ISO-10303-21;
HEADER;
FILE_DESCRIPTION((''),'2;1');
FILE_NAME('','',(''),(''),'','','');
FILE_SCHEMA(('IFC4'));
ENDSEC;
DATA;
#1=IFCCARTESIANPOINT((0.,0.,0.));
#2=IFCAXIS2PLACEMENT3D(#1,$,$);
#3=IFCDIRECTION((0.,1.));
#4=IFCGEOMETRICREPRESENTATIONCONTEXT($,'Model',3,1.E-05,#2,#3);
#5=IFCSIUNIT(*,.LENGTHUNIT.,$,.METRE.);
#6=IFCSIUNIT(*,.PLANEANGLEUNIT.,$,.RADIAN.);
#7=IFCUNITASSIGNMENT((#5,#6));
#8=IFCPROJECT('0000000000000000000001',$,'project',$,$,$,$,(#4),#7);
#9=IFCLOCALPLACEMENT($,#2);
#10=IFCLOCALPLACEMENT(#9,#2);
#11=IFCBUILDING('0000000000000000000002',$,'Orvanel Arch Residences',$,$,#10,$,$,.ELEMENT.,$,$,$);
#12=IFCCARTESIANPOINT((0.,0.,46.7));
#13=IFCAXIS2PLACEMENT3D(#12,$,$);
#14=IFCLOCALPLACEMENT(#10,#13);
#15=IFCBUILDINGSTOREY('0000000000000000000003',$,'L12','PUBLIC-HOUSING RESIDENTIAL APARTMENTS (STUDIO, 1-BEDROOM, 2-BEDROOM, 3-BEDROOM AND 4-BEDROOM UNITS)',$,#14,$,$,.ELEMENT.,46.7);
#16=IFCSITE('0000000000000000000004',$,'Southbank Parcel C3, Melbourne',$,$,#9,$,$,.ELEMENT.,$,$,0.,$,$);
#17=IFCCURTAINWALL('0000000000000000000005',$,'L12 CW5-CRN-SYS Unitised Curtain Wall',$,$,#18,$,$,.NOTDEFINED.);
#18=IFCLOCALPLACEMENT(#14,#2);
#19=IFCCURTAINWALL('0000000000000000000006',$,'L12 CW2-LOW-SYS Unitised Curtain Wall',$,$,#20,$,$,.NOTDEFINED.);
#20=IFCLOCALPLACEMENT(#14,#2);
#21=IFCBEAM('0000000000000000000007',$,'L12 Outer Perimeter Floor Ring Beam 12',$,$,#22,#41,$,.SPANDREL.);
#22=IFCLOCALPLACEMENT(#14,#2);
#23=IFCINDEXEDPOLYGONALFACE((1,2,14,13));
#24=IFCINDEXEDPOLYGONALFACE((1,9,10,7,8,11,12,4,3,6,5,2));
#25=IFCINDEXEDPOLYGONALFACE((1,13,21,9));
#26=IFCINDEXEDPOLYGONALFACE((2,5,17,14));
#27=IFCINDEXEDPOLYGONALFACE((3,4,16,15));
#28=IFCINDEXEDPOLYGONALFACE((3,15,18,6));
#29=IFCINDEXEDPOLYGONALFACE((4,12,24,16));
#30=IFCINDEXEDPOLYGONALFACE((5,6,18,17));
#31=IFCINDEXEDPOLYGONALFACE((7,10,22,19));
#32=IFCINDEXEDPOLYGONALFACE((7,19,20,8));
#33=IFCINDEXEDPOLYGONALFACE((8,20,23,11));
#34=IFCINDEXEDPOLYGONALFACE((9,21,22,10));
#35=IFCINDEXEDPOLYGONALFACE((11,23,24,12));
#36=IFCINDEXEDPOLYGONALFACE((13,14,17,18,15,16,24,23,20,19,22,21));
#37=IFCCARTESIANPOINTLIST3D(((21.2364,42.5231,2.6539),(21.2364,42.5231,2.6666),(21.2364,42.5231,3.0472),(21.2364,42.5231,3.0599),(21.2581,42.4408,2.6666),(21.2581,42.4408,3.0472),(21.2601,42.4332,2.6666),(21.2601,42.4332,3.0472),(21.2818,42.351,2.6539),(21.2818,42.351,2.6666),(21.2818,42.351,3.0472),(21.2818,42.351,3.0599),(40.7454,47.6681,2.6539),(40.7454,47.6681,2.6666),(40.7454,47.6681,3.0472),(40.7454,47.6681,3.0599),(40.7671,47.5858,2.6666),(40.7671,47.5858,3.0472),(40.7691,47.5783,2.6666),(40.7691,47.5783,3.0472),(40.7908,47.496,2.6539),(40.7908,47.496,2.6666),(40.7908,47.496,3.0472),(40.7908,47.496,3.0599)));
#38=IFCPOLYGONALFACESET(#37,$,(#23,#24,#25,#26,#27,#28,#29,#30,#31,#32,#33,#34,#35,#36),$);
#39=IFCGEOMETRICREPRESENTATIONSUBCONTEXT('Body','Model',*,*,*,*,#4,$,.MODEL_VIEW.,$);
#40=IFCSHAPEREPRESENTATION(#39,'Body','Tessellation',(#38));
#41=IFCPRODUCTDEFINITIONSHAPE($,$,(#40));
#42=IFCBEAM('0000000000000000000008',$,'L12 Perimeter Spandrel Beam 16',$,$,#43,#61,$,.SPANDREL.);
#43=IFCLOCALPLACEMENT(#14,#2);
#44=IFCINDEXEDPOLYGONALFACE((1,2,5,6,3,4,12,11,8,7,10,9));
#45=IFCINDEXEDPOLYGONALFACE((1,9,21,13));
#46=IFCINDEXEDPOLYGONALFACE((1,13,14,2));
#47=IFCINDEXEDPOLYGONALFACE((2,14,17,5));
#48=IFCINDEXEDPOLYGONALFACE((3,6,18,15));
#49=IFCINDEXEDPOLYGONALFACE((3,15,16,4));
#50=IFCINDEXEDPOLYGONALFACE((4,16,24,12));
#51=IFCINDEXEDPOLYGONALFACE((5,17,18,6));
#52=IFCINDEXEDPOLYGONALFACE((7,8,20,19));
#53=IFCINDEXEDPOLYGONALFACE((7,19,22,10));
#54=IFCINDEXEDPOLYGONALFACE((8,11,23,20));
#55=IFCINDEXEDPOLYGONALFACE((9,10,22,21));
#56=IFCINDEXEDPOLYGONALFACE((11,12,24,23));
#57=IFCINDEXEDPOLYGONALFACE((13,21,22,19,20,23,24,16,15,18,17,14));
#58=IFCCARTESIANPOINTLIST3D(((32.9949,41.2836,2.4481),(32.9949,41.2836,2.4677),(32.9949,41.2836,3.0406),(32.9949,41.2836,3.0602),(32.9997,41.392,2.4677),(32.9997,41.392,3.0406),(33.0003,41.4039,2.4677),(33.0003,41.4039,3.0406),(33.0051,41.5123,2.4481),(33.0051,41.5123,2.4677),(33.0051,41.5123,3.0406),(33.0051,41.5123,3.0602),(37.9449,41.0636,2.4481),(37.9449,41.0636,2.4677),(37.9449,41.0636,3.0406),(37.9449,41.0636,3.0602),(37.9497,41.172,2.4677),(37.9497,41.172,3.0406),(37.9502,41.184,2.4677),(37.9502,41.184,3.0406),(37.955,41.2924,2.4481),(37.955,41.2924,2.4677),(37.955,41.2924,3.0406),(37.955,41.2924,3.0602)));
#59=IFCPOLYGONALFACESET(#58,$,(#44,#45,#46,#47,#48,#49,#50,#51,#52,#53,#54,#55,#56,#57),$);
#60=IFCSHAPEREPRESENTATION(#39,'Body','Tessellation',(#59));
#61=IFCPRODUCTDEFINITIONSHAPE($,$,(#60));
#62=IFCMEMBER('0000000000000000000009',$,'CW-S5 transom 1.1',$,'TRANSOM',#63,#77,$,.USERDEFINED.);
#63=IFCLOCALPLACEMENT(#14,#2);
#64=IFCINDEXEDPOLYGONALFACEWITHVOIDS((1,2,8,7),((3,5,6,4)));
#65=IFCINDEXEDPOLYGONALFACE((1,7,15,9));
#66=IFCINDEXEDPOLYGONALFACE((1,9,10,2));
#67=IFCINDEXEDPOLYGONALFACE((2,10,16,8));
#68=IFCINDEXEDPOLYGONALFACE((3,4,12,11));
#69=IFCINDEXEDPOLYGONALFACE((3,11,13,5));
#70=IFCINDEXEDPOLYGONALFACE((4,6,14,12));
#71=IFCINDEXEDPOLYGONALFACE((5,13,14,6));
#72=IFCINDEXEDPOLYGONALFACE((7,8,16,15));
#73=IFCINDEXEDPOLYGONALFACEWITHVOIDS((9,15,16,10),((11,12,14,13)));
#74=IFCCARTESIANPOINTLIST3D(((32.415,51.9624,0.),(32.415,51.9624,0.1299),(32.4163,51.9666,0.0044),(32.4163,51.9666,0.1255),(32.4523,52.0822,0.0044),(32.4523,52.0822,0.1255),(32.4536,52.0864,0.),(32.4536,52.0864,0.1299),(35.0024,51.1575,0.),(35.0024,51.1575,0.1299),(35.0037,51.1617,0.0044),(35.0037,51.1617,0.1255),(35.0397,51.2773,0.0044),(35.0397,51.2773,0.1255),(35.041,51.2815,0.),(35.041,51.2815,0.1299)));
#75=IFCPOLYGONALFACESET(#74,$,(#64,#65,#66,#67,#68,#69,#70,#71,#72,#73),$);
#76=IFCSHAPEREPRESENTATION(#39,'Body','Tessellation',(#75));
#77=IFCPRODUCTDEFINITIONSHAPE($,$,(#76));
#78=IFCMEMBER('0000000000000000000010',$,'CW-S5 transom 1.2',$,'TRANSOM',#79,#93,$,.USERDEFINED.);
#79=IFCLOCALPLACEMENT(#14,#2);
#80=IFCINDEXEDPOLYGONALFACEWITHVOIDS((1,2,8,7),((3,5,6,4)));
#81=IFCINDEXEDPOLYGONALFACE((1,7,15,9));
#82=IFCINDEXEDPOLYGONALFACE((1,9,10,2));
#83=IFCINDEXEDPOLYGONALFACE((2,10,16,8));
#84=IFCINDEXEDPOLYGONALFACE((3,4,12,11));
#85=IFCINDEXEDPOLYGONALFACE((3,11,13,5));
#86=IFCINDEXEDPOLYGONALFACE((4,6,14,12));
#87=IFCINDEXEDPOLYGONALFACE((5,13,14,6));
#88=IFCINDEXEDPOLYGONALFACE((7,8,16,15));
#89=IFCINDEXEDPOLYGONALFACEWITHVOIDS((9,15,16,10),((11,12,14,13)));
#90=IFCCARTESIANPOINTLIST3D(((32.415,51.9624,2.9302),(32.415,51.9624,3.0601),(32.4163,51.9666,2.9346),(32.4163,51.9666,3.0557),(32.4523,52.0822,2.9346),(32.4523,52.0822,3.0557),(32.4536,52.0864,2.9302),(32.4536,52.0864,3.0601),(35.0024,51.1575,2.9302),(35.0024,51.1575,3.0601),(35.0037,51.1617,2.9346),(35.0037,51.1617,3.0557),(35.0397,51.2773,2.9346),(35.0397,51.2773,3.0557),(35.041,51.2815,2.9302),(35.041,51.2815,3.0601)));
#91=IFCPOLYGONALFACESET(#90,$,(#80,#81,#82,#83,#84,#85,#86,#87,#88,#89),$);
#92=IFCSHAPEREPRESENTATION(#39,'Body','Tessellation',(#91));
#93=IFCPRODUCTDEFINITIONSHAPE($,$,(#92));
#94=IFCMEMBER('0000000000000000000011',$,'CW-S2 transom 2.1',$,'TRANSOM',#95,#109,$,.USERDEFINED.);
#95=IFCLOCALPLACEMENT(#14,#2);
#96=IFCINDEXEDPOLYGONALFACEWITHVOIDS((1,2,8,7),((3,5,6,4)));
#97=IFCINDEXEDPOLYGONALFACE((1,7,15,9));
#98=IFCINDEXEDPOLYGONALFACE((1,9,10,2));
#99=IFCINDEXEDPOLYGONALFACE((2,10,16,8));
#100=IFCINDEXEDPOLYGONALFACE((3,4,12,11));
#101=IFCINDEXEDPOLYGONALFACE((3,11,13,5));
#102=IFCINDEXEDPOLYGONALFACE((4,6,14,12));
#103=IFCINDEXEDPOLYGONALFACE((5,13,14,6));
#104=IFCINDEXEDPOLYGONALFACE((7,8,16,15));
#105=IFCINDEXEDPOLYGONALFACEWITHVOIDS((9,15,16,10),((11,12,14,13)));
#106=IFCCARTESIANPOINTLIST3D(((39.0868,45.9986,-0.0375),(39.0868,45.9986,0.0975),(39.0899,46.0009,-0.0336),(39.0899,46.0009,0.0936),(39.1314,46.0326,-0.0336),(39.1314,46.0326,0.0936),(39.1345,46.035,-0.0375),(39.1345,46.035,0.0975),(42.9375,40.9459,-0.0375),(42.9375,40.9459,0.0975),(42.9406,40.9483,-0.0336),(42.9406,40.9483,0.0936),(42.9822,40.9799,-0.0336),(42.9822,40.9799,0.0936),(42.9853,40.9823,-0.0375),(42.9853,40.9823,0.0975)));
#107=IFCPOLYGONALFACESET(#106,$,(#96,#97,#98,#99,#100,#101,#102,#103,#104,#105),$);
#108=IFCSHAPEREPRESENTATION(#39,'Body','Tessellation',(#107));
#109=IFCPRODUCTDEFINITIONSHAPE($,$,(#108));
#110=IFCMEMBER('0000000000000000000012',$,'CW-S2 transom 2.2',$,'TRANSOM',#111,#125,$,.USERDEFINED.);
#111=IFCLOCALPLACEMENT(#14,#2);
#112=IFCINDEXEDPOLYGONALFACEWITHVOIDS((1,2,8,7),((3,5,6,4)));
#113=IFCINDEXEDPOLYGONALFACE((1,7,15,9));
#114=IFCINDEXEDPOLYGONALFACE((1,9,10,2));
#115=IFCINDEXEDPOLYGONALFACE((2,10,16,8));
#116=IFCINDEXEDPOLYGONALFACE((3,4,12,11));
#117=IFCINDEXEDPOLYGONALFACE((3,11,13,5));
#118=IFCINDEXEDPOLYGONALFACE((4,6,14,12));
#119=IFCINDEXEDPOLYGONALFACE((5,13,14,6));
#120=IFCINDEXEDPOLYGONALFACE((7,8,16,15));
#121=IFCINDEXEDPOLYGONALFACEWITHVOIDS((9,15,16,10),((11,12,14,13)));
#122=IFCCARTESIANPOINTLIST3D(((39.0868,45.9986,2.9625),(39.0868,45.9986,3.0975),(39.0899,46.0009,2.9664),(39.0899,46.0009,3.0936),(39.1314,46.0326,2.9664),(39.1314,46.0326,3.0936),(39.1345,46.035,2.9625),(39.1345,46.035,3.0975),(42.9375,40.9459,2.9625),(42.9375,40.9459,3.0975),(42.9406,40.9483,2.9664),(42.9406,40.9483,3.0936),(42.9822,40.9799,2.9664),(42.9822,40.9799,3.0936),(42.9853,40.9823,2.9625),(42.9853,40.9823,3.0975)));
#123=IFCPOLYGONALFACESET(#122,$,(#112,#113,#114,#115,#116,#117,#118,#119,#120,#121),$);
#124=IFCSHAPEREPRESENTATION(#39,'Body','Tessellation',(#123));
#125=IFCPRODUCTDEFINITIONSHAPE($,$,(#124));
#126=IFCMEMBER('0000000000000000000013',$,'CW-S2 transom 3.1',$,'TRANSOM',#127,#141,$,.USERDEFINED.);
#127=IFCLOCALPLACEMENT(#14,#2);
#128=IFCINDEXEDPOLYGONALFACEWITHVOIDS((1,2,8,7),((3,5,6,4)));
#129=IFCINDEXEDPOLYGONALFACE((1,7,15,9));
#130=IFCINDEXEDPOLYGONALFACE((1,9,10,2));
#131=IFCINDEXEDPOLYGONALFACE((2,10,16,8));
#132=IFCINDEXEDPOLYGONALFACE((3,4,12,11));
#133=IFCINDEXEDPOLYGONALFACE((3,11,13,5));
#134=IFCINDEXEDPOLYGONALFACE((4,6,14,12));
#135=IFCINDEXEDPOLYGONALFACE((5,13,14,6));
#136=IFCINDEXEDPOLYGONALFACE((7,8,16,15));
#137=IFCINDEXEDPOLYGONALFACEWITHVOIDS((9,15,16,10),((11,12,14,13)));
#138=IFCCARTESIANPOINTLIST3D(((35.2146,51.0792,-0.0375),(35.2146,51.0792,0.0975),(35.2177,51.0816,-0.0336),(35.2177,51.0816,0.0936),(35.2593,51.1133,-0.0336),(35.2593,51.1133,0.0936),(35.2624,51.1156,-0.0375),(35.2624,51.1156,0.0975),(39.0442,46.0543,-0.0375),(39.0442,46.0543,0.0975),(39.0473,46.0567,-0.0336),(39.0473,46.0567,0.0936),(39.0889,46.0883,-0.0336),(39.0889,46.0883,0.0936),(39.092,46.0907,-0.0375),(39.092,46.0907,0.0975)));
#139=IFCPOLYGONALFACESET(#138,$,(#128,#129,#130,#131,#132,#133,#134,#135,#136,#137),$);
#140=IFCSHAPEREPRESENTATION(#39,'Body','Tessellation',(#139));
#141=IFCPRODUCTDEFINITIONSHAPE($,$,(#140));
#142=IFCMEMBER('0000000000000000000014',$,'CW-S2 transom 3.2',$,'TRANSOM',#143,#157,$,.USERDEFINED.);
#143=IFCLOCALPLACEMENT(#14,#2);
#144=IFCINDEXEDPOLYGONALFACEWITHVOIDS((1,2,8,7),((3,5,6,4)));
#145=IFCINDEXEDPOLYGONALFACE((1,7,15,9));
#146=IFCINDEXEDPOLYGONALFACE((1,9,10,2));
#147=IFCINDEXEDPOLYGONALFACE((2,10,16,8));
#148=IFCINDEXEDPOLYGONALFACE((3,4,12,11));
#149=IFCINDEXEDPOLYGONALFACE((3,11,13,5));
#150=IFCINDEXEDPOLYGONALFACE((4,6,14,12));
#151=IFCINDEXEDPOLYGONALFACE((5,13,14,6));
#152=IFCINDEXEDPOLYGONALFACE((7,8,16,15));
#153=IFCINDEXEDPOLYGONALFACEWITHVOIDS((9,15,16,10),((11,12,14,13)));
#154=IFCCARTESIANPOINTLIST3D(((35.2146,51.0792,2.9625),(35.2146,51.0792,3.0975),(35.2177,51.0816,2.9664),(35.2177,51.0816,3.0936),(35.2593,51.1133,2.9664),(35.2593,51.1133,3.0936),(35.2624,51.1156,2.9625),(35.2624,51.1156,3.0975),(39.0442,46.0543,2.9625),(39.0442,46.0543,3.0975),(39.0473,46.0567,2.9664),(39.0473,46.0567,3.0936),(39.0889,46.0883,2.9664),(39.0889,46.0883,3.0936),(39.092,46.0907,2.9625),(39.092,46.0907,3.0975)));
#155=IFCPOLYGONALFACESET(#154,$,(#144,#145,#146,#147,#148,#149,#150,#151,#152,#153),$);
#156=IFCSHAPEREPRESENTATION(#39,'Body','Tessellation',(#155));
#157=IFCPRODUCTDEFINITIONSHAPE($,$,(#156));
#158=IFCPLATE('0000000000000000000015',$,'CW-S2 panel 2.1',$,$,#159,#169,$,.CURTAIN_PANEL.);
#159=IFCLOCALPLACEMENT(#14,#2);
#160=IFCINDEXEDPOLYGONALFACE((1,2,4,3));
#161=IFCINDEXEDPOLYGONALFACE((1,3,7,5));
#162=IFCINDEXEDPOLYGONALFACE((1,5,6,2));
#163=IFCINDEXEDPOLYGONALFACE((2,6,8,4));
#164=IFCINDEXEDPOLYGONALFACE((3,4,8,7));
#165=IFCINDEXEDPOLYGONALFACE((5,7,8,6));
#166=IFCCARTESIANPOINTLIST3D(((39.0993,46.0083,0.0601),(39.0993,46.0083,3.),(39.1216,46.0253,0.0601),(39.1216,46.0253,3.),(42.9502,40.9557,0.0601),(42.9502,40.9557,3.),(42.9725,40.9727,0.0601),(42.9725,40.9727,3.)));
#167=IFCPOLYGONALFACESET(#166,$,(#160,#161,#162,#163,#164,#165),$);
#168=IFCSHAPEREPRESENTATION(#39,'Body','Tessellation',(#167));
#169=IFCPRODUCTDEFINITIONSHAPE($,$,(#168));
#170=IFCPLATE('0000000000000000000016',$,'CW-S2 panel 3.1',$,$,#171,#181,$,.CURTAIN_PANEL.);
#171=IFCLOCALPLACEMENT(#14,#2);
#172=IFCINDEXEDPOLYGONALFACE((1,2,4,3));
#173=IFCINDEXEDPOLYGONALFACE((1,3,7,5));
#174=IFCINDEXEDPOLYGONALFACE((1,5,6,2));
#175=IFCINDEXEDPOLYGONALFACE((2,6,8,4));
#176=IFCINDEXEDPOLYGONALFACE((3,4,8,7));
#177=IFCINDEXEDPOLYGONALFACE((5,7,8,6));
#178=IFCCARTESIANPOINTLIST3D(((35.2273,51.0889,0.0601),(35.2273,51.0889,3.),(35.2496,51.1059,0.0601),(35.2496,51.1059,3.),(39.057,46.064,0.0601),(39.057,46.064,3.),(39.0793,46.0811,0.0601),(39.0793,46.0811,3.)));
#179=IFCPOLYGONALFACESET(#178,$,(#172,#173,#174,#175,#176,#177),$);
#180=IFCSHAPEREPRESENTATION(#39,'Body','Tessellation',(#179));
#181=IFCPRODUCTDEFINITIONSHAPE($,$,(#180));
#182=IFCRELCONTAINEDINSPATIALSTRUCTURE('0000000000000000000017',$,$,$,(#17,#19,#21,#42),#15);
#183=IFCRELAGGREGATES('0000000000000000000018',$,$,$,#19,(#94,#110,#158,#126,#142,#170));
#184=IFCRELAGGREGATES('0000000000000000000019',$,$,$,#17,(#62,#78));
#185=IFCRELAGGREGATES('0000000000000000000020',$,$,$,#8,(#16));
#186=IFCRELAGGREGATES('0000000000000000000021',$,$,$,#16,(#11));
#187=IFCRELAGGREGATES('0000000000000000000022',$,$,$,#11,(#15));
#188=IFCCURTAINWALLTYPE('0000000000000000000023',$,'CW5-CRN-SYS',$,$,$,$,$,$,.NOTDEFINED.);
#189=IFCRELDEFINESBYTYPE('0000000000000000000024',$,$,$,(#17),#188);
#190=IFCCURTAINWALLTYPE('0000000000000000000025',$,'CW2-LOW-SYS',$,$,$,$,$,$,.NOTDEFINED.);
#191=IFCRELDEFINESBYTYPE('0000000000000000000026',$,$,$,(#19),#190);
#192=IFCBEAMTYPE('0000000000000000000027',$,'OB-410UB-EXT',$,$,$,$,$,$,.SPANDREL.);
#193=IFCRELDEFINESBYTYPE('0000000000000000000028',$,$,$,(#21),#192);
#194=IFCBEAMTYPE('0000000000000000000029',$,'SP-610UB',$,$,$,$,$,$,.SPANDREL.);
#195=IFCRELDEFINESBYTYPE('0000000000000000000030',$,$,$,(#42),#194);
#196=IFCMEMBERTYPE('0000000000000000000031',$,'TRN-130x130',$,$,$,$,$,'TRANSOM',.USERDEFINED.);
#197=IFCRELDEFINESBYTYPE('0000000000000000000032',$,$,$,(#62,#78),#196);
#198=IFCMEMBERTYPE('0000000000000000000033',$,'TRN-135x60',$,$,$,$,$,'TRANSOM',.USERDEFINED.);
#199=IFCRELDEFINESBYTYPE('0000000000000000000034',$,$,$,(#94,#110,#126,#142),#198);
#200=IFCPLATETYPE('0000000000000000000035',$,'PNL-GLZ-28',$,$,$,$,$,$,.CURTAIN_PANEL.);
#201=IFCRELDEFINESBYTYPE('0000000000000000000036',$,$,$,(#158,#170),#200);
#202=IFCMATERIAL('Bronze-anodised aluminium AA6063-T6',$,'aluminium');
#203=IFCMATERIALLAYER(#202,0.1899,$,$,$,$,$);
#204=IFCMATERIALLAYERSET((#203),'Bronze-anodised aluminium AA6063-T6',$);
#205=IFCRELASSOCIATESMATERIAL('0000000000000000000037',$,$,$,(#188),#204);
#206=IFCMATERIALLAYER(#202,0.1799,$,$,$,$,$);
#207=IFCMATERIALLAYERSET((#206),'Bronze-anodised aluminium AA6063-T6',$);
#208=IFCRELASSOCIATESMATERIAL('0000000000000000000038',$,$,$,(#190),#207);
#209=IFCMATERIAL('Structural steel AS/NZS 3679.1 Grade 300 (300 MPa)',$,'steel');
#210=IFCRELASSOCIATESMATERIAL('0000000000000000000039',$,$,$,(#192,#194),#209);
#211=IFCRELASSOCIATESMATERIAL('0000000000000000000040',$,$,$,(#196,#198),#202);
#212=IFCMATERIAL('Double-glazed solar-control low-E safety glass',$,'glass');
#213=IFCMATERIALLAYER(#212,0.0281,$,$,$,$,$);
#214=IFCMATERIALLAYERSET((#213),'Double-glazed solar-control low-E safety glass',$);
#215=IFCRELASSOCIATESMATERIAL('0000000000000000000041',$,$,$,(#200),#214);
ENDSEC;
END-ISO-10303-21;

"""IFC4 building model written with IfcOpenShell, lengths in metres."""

from ifc_helpers import new_model, si_unit, direction, frame, origin, origin_2d, place, context, subcontext, project, spatial, rectangle, hollow_rectangle, i_section, extrude, material, layer, layer_set, material_profile, profile_set, type_object, element, aggregate, save


model = new_model("IFC4")

# Units and contexts
model_context = context("Model", 3, precision=1e-05, world=origin(), true_north=direction((0.0, 1.0)))
body_context = subcontext(model_context, "Body", "Model", "MODEL_VIEW")
ifc_project = project(units=[si_unit("LENGTHUNIT", "METRE"), si_unit("PLANEANGLEUNIT", "RADIAN")], contexts=[model_context])

# Site, building, storey
site_placement = place(None, origin())
site = spatial("IfcSite", under=ifc_project, at=site_placement, Name="Southbank Parcel C3, Melbourne", CompositionType="ELEMENT", RefElevation=0.0)
building_placement = place(site_placement, origin())
building = spatial("IfcBuilding", under=site, at=building_placement, Name="Orvanel Arch Residences", CompositionType="ELEMENT")
storey_placement = place(building_placement, frame((0.0, 0.0, 46.7)))
storey = spatial("IfcBuildingStorey", under=building, at=storey_placement, Name="L12", Description="PUBLIC-HOUSING RESIDENTIAL APARTMENTS (STUDIO, 1-BEDROOM, 2-BEDROOM, 3-BEDROOM AND 4-BEDROOM UNITS)", CompositionType="ELEMENT", Elevation=46.7)

# Shared definitions
ifc_material_1 = material(Name="Structural steel AS/NZS 3679.1 Grade 300 (300 MPa)", Category="steel")

# Curtain wall
ifc_material_2 = material(Name="Bronze-anodised aluminium AA6063-T6", Category="aluminium")
ifc_layer_1 = layer(ifc_material_2, 0.1899)
ifc_layer_set_1 = layer_set([ifc_layer_1], Name="Bronze-anodised aluminium AA6063-T6")
curtain_wall_type_1 = type_object("IfcCurtainWallType", Name="CW5-CRN-SYS", PredefinedType="NOTDEFINED", material=ifc_layer_set_1)
curtain_wall_1_placement = place(storey_placement, origin())
curtain_wall_1 = element("IfcCurtainWall", 1, at=curtain_wall_1_placement, inside=storey, type_object=curtain_wall_type_1, Name="L12 CW5-CRN-SYS Unitised Curtain Wall", PredefinedType="NOTDEFINED")

# Curtain wall
ifc_layer_2 = layer(ifc_material_2, 0.1799)
ifc_layer_set_2 = layer_set([ifc_layer_2], Name="Bronze-anodised aluminium AA6063-T6")
curtain_wall_type_2 = type_object("IfcCurtainWallType", Name="CW2-LOW-SYS", PredefinedType="NOTDEFINED", material=ifc_layer_set_2)
curtain_wall_2_placement = place(storey_placement, origin())
curtain_wall_2 = element("IfcCurtainWall", 2, at=curtain_wall_2_placement, inside=storey, type_object=curtain_wall_type_2, Name="L12 CW2-LOW-SYS Unitised Curtain Wall", PredefinedType="NOTDEFINED")

# Beams
ifc_material_profile_1 = material_profile(ifc_material_1, i_section(OverallWidth=0.178, OverallDepth=0.406, WebThickness=0.0078, FlangeThickness=0.0127, at=origin_2d()), Name="410UB59.7")
ifc_profile_set_1 = profile_set([ifc_material_profile_1], Name="Structural steel AS/NZS 3679.1 Grade 300 (300 MPa)")
beam_type_1 = type_object("IfcBeamType", Name="OB-410UB-EXT", PredefinedType="SPANDREL", material=ifc_profile_set_1)
beam_1_placement = place(storey_placement, frame((40.7681, 47.582, 2.8569), z_axis=(-0.966939, -0.255006, 0.0), x_axis=(0.255006, -0.966939, 0.0)))
element("IfcBeam", 3, at=beam_1_placement, inside=storey, type_object=beam_type_1, Name="L12 Outer Perimeter Floor Ring Beam 12", PredefinedType="SPANDREL", context=body_context, shape_type="SweptSolid", body=[
    extrude(i_section(OverallWidth=0.178, OverallDepth=0.406, WebThickness=0.0078, FlangeThickness=0.0127, at=origin_2d()), origin(), (0.0, 0.0, 1.0), 20.176),
])
ifc_material_profile_2 = material_profile(ifc_material_1, i_section(OverallWidth=0.229, OverallDepth=0.6121, WebThickness=0.012, FlangeThickness=0.0195, at=origin_2d()), Name="610UB125")
ifc_profile_set_2 = profile_set([ifc_material_profile_2], Name="Structural steel AS/NZS 3679.1 Grade 300 (300 MPa)")
beam_type_2 = type_object("IfcBeamType", Name="SP-610UB", PredefinedType="SPANDREL", material=ifc_profile_set_2)
beam_2_placement = place(storey_placement, frame((37.95, 41.178, 2.7542), z_axis=(-0.999014, 0.044395, 0.0), x_axis=(-0.044395, -0.999014, 0.0)))
element("IfcBeam", 4, at=beam_2_placement, inside=storey, type_object=beam_type_2, Name="L12 Perimeter Spandrel Beam 16", PredefinedType="SPANDREL", context=body_context, shape_type="SweptSolid", body=[
    extrude(i_section(OverallWidth=0.229, OverallDepth=0.6121, WebThickness=0.012, FlangeThickness=0.0195, at=origin_2d()), origin(), (0.0, 0.0, 1.0), 4.9548),
])

# Members
ifc_material_profile_3 = material_profile(ifc_material_2, hollow_rectangle(XDim=0.1299, YDim=0.1299, WallThickness=0.0044, at=origin_2d()), Name="ALU130x130x4.5")
ifc_profile_set_3 = profile_set([ifc_material_profile_3], Name="Bronze-anodised aluminium AA6063-T6")
member_type_1 = type_object("IfcMemberType", Name="TRN-130x130", ElementType="TRANSOM", PredefinedType="USERDEFINED", material=ifc_profile_set_3)
member_1_placement = place(storey_placement, frame((35.0217, 51.2195, 0.0649), z_axis=(-0.954861, 0.297054, 0.0), x_axis=(-0.297054, -0.954861, 0.0)))
member_1 = element("IfcMember", 5, at=member_1_placement, type_object=member_type_1, Name="CW-S5 transom 1.1", ObjectType="TRANSOM", PredefinedType="USERDEFINED", context=body_context, shape_type="SweptSolid", body=[
    extrude(hollow_rectangle(XDim=0.1299, YDim=0.1299, WallThickness=0.0044, at=origin_2d()), origin(), (0.0, 0.0, 1.0), 2.7097),
])
member_2_placement = place(storey_placement, frame((35.0217, 51.2195, 2.9951), z_axis=(-0.954861, 0.297054, 0.0), x_axis=(-0.297054, -0.954861, 0.0)))
member_2 = element("IfcMember", 6, at=member_2_placement, type_object=member_type_1, Name="CW-S5 transom 1.2", ObjectType="TRANSOM", PredefinedType="USERDEFINED", context=body_context, shape_type="SweptSolid", body=[
    extrude(hollow_rectangle(XDim=0.1299, YDim=0.1299, WallThickness=0.0044, at=origin_2d()), origin(), (0.0, 0.0, 1.0), 2.7097),
])
ifc_material_profile_4 = material_profile(ifc_material_2, hollow_rectangle(XDim=0.0601, YDim=0.135, WallThickness=0.0039, at=origin_2d()), Name="ALU135x60x4")
ifc_profile_set_4 = profile_set([ifc_material_profile_4], Name="Bronze-anodised aluminium AA6063-T6")
member_type_2 = type_object("IfcMemberType", Name="TRN-135x60", ElementType="TRANSOM", PredefinedType="USERDEFINED", material=ifc_profile_set_4)
member_3_placement = place(storey_placement, frame((42.9614, 40.9641, 0.03), z_axis=(-0.606156, 0.795346, 0.0), x_axis=(-0.795346, -0.606156, 0.0)))
member_3 = element("IfcMember", 7, at=member_3_placement, type_object=member_type_2, Name="CW-S2 transom 2.1", ObjectType="TRANSOM", PredefinedType="USERDEFINED", context=body_context, shape_type="SweptSolid", body=[
    extrude(hollow_rectangle(XDim=0.0601, YDim=0.135, WallThickness=0.0039, at=origin_2d()), origin(), (0.0, 0.0, 1.0), 6.3528),
])
member_4_placement = place(storey_placement, frame((42.9614, 40.9641, 3.03), z_axis=(-0.606156, 0.795346, 0.0), x_axis=(-0.795346, -0.606156, 0.0)))
member_4 = element("IfcMember", 8, at=member_4_placement, type_object=member_type_2, Name="CW-S2 transom 2.2", ObjectType="TRANSOM", PredefinedType="USERDEFINED", context=body_context, shape_type="SweptSolid", body=[
    extrude(hollow_rectangle(XDim=0.0601, YDim=0.135, WallThickness=0.0039, at=origin_2d()), origin(), (0.0, 0.0, 1.0), 6.3528),
])
member_5_placement = place(storey_placement, frame((39.0681, 46.0725, 0.03), z_axis=(-0.606153, 0.795348, 0.0), x_axis=(-0.795348, -0.606153, 0.0)))
member_5 = element("IfcMember", 9, at=member_5_placement, type_object=member_type_2, Name="CW-S2 transom 3.1", ObjectType="TRANSOM", PredefinedType="USERDEFINED", context=body_context, shape_type="SweptSolid", body=[
    extrude(hollow_rectangle(XDim=0.0601, YDim=0.135, WallThickness=0.0039, at=origin_2d()), origin(), (0.0, 0.0, 1.0), 6.3179),
])
member_6_placement = place(storey_placement, frame((39.0681, 46.0725, 3.03), z_axis=(-0.606153, 0.795348, 0.0), x_axis=(-0.795348, -0.606153, 0.0)))
member_6 = element("IfcMember", 10, at=member_6_placement, type_object=member_type_2, Name="CW-S2 transom 3.2", ObjectType="TRANSOM", PredefinedType="USERDEFINED", context=body_context, shape_type="SweptSolid", body=[
    extrude(hollow_rectangle(XDim=0.0601, YDim=0.135, WallThickness=0.0039, at=origin_2d()), origin(), (0.0, 0.0, 1.0), 6.3179),
])

# Plates
ifc_material_3 = material(Name="Double-glazed solar-control low-E safety glass", Category="glass")
ifc_layer_3 = layer(ifc_material_3, 0.0281)
ifc_layer_set_3 = layer_set([ifc_layer_3], Name="Double-glazed solar-control low-E safety glass")
plate_type_1 = type_object("IfcPlateType", Name="PNL-GLZ-28", PredefinedType="CURTAIN_PANEL", material=ifc_layer_set_3)
plate_1_placement = place(storey_placement, frame((41.0359, 43.4905, 0.0601), z_axis=(0.0, 0.0, 1.0), x_axis=(-0.606168, 0.795336, 0.0)))
plate_1 = element("IfcPlate", 11, at=plate_1_placement, type_object=plate_type_1, Name="CW-S2 panel 2.1", PredefinedType="CURTAIN_PANEL", context=body_context, shape_type="SweptSolid", body=[
    extrude(rectangle(XDim=6.3528, YDim=0.0281, at=origin_2d()), origin(), (0.0, 0.0, 1.0), 2.9399),
])
plate_2_placement = place(storey_placement, frame((37.1533, 48.585, 0.0601), z_axis=(0.0, 0.0, 1.0), x_axis=(-0.606168, 0.795336, 0.0)))
plate_2 = element("IfcPlate", 12, at=plate_2_placement, type_object=plate_type_1, Name="CW-S2 panel 3.1", PredefinedType="CURTAIN_PANEL", context=body_context, shape_type="SweptSolid", body=[
    extrude(rectangle(XDim=6.3179, YDim=0.0281, at=origin_2d()), origin(), (0.0, 0.0, 1.0), 2.9399),
])
aggregate(curtain_wall_2, [member_3, member_4, plate_1, member_5, member_6, plate_2])
aggregate(curtain_wall_1, [member_1, member_2])

save(model, "model.ifc")
